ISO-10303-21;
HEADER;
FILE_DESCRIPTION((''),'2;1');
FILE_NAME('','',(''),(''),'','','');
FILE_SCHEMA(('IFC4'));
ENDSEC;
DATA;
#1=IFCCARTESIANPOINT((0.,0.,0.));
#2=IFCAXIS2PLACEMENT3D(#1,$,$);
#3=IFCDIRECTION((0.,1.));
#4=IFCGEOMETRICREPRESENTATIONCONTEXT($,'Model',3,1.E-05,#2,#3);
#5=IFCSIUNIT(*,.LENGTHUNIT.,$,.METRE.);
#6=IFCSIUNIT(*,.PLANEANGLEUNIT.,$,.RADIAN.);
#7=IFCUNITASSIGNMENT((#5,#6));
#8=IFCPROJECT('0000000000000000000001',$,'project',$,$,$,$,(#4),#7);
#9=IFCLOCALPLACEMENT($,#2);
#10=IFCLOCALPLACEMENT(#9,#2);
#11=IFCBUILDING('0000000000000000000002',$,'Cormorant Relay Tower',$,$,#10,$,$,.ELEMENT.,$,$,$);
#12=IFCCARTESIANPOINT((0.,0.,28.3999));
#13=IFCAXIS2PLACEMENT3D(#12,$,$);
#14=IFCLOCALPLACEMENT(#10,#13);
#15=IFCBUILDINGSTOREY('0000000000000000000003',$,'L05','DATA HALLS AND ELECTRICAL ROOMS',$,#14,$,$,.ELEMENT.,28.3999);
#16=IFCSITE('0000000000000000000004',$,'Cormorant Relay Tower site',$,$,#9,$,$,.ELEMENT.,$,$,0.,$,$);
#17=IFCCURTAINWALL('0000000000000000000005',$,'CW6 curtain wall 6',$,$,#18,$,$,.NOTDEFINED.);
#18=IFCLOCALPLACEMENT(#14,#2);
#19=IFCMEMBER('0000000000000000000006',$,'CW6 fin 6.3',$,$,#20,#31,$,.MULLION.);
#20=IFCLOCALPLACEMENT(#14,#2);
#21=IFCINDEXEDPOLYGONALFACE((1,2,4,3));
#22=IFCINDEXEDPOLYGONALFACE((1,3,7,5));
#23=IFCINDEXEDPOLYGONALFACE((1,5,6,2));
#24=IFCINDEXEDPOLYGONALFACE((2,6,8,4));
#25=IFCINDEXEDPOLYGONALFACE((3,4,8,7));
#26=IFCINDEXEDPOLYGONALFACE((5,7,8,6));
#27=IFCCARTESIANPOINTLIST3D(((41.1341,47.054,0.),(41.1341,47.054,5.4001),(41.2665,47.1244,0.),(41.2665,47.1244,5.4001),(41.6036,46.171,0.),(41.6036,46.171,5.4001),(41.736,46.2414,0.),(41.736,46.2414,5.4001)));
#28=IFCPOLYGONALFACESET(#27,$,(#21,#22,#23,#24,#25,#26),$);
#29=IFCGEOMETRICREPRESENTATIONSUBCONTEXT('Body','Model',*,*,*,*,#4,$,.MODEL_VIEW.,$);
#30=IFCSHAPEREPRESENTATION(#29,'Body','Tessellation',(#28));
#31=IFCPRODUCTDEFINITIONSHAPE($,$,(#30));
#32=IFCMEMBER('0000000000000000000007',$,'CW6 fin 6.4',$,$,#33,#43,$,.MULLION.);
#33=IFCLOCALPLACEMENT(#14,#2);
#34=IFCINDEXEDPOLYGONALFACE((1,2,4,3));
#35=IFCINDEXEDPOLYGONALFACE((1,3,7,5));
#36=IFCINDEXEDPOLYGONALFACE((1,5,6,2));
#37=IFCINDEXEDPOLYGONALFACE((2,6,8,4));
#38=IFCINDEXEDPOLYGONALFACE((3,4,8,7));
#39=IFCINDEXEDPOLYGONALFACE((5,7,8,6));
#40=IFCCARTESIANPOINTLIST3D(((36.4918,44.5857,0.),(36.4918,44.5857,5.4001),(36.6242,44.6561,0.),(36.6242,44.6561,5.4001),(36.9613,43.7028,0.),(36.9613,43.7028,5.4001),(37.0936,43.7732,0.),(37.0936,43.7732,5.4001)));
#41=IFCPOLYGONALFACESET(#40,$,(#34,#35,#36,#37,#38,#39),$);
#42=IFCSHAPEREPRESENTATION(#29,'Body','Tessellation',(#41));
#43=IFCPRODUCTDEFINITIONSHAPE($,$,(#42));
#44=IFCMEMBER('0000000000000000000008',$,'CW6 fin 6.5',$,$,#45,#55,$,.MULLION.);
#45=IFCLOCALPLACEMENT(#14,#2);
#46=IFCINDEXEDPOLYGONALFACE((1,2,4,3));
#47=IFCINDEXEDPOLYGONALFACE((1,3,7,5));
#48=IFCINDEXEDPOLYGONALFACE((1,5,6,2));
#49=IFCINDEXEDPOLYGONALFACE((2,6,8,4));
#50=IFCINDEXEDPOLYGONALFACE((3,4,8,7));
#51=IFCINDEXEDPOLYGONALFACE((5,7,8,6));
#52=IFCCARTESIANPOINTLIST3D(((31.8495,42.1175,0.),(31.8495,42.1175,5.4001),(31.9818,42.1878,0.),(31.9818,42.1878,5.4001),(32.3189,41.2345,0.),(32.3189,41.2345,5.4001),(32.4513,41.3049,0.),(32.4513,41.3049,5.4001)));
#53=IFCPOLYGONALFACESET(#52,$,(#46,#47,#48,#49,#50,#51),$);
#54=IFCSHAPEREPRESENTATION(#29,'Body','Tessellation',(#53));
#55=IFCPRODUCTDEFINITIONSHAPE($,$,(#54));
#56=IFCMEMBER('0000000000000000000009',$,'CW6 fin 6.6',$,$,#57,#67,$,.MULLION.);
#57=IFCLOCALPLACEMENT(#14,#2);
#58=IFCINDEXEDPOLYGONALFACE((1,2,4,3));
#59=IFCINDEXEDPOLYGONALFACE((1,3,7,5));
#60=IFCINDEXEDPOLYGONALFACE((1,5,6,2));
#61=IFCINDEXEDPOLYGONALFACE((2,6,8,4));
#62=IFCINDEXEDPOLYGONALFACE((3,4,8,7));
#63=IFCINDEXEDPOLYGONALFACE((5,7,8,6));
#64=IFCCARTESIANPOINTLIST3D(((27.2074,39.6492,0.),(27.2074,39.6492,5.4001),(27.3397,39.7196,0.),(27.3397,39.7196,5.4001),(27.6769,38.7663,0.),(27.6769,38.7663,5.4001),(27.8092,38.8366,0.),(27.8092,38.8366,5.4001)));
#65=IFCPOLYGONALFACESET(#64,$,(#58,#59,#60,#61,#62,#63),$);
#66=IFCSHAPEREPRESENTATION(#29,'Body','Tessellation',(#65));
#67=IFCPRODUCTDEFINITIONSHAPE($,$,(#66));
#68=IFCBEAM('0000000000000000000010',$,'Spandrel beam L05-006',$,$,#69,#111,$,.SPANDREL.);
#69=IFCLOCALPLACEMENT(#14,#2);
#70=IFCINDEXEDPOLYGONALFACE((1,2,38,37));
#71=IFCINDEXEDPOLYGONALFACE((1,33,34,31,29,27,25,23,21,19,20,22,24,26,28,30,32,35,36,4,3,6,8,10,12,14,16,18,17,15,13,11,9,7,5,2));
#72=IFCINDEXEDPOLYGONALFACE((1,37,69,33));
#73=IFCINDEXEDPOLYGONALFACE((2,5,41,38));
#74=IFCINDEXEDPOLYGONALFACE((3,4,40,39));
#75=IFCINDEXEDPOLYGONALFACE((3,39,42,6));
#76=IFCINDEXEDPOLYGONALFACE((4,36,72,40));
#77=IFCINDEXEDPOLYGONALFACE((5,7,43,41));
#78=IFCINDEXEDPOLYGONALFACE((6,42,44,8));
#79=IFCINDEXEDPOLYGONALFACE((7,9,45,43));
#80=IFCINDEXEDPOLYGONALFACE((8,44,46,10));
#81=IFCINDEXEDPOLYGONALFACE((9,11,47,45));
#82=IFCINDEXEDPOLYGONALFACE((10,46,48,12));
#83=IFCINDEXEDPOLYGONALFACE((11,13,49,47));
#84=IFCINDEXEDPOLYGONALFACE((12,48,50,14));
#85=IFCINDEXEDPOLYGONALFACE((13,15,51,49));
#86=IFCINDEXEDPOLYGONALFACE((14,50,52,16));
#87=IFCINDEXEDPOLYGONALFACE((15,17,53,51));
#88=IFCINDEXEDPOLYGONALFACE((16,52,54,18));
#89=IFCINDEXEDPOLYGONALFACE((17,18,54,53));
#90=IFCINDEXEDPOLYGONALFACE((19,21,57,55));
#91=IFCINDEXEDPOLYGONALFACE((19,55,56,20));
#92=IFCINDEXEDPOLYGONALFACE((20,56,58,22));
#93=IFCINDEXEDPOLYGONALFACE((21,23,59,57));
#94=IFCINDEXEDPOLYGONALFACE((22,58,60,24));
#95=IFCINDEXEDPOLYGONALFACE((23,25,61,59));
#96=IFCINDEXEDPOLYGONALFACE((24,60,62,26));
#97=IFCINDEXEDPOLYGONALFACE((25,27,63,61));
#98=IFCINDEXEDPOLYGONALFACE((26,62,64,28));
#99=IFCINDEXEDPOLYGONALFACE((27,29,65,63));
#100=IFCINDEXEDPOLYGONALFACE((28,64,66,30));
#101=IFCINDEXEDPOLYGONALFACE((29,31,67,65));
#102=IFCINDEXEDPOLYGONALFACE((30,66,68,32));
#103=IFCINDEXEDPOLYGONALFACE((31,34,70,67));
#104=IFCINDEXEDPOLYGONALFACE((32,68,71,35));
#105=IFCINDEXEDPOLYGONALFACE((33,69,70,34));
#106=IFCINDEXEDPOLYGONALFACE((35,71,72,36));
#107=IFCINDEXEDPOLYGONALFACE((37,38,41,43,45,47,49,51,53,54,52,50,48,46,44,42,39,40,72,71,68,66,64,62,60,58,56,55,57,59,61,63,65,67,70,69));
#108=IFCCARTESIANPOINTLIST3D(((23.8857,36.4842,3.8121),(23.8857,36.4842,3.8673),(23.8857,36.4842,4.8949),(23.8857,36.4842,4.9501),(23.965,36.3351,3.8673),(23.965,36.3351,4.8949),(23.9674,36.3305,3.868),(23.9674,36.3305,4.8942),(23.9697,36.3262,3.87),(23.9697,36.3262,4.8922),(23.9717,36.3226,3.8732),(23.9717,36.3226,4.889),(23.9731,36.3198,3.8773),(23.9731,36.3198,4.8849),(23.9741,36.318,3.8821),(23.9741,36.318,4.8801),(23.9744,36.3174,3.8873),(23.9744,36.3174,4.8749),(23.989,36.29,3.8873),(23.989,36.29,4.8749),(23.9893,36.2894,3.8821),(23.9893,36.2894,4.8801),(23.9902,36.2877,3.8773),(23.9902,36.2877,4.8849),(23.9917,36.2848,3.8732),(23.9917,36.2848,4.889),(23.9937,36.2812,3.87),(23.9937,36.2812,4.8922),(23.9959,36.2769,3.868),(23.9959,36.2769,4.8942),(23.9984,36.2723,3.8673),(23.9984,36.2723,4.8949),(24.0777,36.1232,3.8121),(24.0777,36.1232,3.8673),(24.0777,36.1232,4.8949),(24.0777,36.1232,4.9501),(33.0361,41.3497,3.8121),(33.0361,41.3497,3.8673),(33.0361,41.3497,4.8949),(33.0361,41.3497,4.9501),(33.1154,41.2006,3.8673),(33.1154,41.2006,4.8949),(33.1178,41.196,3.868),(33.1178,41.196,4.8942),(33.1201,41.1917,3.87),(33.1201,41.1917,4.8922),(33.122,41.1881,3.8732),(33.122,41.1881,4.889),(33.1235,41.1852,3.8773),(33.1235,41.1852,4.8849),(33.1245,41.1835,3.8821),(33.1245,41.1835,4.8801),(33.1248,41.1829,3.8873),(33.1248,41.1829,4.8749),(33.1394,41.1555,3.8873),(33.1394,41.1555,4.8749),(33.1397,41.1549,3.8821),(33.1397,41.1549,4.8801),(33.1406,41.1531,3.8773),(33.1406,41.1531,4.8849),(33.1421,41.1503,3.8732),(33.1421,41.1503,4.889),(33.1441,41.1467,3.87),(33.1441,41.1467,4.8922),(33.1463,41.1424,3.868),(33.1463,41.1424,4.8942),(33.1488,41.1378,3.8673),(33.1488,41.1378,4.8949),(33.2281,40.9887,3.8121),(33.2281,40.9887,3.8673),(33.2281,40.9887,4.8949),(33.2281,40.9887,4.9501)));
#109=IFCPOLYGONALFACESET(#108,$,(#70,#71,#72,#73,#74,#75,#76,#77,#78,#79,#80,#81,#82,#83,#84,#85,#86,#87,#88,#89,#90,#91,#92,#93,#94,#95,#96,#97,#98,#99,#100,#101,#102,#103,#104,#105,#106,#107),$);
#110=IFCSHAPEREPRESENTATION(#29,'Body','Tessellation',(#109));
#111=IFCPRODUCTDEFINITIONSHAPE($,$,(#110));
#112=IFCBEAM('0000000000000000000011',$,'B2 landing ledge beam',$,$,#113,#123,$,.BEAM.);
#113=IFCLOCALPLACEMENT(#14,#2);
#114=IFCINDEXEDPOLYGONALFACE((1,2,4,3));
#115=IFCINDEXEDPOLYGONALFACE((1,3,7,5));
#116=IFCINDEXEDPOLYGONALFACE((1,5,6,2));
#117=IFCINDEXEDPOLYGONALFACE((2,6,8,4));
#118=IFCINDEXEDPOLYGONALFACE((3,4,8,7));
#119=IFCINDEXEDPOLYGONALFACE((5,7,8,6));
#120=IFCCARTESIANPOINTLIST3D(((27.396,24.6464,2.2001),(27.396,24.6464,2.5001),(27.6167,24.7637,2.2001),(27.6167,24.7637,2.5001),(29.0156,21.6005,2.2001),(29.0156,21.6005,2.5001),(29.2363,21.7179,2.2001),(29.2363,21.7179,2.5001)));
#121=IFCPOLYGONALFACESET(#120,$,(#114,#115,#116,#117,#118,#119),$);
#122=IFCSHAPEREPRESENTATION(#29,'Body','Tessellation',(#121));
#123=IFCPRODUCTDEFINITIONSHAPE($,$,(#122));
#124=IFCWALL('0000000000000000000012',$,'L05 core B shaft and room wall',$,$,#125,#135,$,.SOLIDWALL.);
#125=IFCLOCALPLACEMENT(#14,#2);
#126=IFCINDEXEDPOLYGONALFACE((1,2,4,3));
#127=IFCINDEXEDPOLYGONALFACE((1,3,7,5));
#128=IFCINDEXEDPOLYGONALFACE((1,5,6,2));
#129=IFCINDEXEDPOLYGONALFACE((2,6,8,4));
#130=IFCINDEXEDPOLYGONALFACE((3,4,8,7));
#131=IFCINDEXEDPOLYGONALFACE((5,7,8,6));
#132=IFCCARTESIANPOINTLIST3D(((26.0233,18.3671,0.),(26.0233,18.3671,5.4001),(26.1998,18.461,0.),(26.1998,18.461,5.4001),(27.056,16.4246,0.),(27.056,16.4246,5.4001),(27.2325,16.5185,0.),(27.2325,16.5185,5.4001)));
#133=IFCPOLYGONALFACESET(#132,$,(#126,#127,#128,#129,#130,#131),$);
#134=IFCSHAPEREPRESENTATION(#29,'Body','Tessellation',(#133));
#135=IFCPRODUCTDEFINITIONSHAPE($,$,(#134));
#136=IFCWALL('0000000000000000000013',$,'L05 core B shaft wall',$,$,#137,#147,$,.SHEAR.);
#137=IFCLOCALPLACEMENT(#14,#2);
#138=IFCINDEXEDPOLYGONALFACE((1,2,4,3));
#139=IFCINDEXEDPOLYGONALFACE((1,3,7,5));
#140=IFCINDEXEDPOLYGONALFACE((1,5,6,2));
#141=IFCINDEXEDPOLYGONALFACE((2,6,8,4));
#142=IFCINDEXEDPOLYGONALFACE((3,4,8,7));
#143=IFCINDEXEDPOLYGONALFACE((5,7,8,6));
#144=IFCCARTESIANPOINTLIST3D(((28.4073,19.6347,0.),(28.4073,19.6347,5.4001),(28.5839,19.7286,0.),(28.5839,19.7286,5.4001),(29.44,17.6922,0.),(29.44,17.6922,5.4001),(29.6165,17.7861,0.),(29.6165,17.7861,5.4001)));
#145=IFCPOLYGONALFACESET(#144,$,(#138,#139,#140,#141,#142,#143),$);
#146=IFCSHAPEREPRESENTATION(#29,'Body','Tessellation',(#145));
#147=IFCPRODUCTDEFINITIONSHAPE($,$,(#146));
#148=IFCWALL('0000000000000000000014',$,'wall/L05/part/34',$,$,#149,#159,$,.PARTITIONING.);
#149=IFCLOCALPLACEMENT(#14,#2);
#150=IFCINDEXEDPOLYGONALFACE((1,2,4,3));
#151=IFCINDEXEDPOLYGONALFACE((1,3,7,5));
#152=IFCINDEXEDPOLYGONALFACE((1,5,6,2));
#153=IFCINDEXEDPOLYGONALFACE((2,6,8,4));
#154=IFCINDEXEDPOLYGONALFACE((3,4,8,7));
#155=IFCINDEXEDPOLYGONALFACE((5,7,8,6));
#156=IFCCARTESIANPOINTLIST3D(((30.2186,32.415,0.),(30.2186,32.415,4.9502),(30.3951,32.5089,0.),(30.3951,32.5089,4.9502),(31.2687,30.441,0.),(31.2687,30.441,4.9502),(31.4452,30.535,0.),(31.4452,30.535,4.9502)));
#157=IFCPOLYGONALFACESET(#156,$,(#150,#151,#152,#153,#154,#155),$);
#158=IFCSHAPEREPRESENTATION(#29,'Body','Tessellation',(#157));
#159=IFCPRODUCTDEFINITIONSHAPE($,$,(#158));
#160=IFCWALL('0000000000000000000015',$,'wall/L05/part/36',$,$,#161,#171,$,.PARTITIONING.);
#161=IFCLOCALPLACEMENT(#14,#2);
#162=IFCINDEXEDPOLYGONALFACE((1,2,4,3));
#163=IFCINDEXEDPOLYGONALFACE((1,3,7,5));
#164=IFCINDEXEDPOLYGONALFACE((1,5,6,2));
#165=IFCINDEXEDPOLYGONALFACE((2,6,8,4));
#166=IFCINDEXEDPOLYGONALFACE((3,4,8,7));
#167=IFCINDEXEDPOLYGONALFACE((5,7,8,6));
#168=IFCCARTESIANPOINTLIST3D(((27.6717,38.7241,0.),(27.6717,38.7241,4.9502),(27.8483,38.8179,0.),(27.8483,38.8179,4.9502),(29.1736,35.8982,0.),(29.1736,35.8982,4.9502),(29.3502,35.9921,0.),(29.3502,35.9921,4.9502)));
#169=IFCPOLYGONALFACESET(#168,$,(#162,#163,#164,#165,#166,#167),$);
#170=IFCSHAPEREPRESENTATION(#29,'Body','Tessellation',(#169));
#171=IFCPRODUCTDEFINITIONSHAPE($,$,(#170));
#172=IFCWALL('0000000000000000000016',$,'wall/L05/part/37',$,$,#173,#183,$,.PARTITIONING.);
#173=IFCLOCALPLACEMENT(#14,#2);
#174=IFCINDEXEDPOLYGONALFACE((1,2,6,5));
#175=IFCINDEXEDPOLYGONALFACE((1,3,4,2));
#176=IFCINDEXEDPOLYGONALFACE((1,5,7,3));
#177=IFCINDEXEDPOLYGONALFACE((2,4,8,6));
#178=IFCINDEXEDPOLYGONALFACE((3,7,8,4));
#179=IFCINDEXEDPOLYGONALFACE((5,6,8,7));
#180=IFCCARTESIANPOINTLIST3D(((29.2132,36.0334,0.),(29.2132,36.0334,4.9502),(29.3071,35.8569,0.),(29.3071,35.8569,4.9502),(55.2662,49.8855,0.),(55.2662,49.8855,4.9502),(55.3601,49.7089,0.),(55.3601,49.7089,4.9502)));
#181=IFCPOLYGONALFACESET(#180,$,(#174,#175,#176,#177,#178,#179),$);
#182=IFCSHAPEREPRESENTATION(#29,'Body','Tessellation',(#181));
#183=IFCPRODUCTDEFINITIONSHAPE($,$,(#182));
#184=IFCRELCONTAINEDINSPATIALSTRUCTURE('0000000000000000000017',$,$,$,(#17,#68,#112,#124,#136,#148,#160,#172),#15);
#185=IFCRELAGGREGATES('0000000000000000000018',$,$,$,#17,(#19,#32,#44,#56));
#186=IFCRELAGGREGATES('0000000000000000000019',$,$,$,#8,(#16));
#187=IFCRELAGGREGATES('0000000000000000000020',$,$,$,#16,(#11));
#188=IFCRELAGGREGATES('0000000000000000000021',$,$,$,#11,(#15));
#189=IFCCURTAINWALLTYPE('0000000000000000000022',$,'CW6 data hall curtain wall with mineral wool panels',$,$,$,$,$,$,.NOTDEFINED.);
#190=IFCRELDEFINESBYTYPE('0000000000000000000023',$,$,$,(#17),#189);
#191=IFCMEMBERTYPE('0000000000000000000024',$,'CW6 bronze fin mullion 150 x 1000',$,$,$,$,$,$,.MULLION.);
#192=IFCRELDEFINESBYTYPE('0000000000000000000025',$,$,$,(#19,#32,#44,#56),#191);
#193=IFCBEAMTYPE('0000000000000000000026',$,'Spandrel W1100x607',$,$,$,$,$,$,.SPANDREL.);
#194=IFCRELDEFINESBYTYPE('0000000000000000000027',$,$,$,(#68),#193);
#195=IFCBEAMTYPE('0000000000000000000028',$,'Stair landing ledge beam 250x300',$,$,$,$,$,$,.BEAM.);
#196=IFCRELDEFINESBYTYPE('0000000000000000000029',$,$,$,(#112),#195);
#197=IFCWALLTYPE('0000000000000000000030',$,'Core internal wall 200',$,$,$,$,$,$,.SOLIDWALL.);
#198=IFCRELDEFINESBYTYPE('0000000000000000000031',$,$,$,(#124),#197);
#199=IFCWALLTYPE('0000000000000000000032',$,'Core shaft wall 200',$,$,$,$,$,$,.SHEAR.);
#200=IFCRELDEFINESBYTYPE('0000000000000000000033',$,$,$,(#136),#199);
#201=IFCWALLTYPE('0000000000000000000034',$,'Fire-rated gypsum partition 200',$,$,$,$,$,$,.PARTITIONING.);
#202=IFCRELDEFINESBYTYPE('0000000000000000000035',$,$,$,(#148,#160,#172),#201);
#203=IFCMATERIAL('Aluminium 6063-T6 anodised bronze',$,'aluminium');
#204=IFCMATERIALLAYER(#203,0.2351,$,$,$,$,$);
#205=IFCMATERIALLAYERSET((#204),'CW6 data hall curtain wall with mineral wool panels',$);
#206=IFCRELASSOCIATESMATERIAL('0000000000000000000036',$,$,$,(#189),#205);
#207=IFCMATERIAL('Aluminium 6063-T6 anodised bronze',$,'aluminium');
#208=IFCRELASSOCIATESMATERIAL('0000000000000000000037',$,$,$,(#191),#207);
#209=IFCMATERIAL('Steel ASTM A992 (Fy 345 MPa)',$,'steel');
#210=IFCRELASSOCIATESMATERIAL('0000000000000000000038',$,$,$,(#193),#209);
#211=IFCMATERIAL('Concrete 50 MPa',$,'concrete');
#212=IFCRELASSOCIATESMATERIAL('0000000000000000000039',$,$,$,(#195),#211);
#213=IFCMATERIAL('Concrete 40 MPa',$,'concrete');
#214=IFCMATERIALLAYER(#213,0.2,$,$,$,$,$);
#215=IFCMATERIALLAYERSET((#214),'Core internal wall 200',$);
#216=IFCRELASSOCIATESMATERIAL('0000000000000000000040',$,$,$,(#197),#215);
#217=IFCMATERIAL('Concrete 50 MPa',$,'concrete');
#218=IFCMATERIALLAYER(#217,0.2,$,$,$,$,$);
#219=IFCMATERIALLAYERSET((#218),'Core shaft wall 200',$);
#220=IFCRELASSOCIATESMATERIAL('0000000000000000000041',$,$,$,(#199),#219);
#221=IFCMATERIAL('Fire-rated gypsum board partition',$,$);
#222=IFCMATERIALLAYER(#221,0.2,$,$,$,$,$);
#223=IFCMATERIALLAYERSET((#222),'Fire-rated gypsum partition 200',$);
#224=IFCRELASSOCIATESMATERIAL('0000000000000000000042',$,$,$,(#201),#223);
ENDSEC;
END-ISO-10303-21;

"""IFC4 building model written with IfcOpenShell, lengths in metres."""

from ifc_helpers import new_model, si_unit, direction, frame, frame_2d, origin, origin_2d, place, context, subcontext, project, spatial, rectangle, i_section, extrude, material, layer, layer_set, material_profile, profile_set, type_object, element, aggregate, save


model = new_model("IFC4")

# Units and contexts
model_context = context("Model", 3, precision=1e-05, world=origin(), true_north=direction((0.0, 1.0)))
body_context = subcontext(model_context, "Body", "Model", "MODEL_VIEW")
ifc_project = project(units=[si_unit("LENGTHUNIT", "METRE"), si_unit("PLANEANGLEUNIT", "RADIAN")], contexts=[model_context])

# Site, building, storey
site_placement = place(None, origin())
site = spatial("IfcSite", under=ifc_project, at=site_placement, Name="Cormorant Relay Tower site", CompositionType="ELEMENT", RefElevation=0.0)
building_placement = place(site_placement, origin())
building = spatial("IfcBuilding", under=site, at=building_placement, Name="Cormorant Relay Tower", CompositionType="ELEMENT")
storey_placement = place(building_placement, frame((0.0, 0.0, 28.3999)))
storey = spatial("IfcBuildingStorey", under=building, at=storey_placement, Name="L05", Description="DATA HALLS AND ELECTRICAL ROOMS", CompositionType="ELEMENT", Elevation=28.3999)

# Curtain wall, members
ifc_material_1 = material(Name="Aluminium 6063-T6 anodised bronze", Category="aluminium")
ifc_layer_1 = layer(ifc_material_1, 0.2351)
ifc_layer_set_1 = layer_set([ifc_layer_1], Name="CW6 data hall curtain wall with mineral wool panels")
curtain_wall_type = type_object("IfcCurtainWallType", Name="CW6 data hall curtain wall with mineral wool panels", PredefinedType="NOTDEFINED", material=ifc_layer_set_1)
curtain_wall_placement = place(storey_placement, origin())
curtain_wall = element("IfcCurtainWall", 1, at=curtain_wall_placement, inside=storey, type_object=curtain_wall_type, Name="CW6 curtain wall 6", PredefinedType="NOTDEFINED")
ifc_material_2 = material(Name="Aluminium 6063-T6 anodised bronze", Category="aluminium")
ifc_material_profile_1 = material_profile(ifc_material_2, rectangle(XDim=0.1499, YDim=1.0, at=origin_2d()), Name="AL 150x1000")
ifc_profile_set_1 = profile_set([ifc_material_profile_1], Name="Aluminium 6063-T6 anodised bronze")
member_type = type_object("IfcMemberType", Name="CW6 bronze fin mullion 150 x 1000", PredefinedType="MULLION", material=ifc_profile_set_1)
member_1_placement = place(storey_placement, frame((41.4351, 46.6477, 0.0), z_axis=(0.0, 0.0, 1.0), x_axis=(-0.882948, -0.469472, 0.0)))
member_1 = element("IfcMember", 2, at=member_1_placement, type_object=member_type, Name="CW6 fin 6.3", PredefinedType="MULLION", context=body_context, shape_type="SweptSolid", body=[
    extrude(rectangle(XDim=0.1499, YDim=1.0, at=origin_2d()), origin(), (0.0, 0.0, 1.0), 5.4001),
])
member_2_placement = place(storey_placement, frame((36.7927, 44.1794, 0.0), z_axis=(0.0, 0.0, 1.0), x_axis=(-0.882948, -0.469472, 0.0)))
member_2 = element("IfcMember", 3, at=member_2_placement, type_object=member_type, Name="CW6 fin 6.4", PredefinedType="MULLION", context=body_context, shape_type="SweptSolid", body=[
    extrude(rectangle(XDim=0.1499, YDim=1.0, at=origin_2d()), origin(), (0.0, 0.0, 1.0), 5.4001),
])
member_3_placement = place(storey_placement, frame((32.1504, 41.7112, 0.0), z_axis=(0.0, 0.0, 1.0), x_axis=(-0.882948, -0.469472, 0.0)))
member_3 = element("IfcMember", 4, at=member_3_placement, type_object=member_type, Name="CW6 fin 6.5", PredefinedType="MULLION", context=body_context, shape_type="SweptSolid", body=[
    extrude(rectangle(XDim=0.1499, YDim=1.0, at=origin_2d()), origin(), (0.0, 0.0, 1.0), 5.4001),
])
member_4_placement = place(storey_placement, frame((27.5083, 39.2429, 0.0), z_axis=(0.0, 0.0, 1.0), x_axis=(-0.882948, -0.469472, 0.0)))
member_4 = element("IfcMember", 5, at=member_4_placement, type_object=member_type, Name="CW6 fin 6.6", PredefinedType="MULLION", context=body_context, shape_type="SweptSolid", body=[
    extrude(rectangle(XDim=0.1499, YDim=1.0, at=origin_2d()), origin(), (0.0, 0.0, 1.0), 5.4001),
])

# Beams
ifc_material_3 = material(Name="Steel ASTM A992 (Fy 345 MPa)", Category="steel")
ifc_material_profile_2 = material_profile(ifc_material_3, i_section(OverallWidth=0.4089, OverallDepth=1.1379, WebThickness=0.031, FlangeThickness=0.0552, FilletRadius=0.02, at=origin_2d()), Name="W1100x607")
ifc_profile_set_2 = profile_set([ifc_material_profile_2], Name="Steel ASTM A992 (Fy 345 MPa)")
beam_type_1 = type_object("IfcBeamType", Name="Spandrel W1100x607", PredefinedType="SPANDREL", material=ifc_profile_set_2)
beam_1_placement = place(storey_placement, frame((33.1321, 41.1692, 4.3811), z_axis=(-0.882942, -0.469481, 0.0), x_axis=(0.469481, -0.882942, 0.0)))
element("IfcBeam", 6, at=beam_1_placement, inside=storey, type_object=beam_type_1, Name="Spandrel beam L05-006", PredefinedType="SPANDREL", context=body_context, shape_type="SweptSolid", body=[
    extrude(i_section(OverallWidth=0.4089, OverallDepth=1.1379, WebThickness=0.031, FlangeThickness=0.0552, FilletRadius=0.02, at=origin_2d()), origin(), (0.0, 0.0, 1.0), 10.3635),
])
ifc_material_4 = material(Name="Concrete 50 MPa", Category="concrete")
ifc_material_profile_3 = material_profile(ifc_material_4, rectangle(XDim=0.25, YDim=0.3, at=origin_2d()), Name="RC 250x300")
ifc_profile_set_3 = profile_set([ifc_material_profile_3], Name="Concrete 50 MPa")
beam_type_2 = type_object("IfcBeamType", Name="Stair landing ledge beam 250x300", PredefinedType="BEAM", material=ifc_profile_set_3)
beam_2_placement = place(storey_placement, frame((29.126, 21.6592, 2.3501), z_axis=(-0.469493, 0.882936, 0.0), x_axis=(-0.882936, -0.469493, 0.0)))
element("IfcBeam", 7, at=beam_2_placement, inside=storey, type_object=beam_type_2, Name="B2 landing ledge beam", PredefinedType="BEAM", context=body_context, shape_type="SweptSolid", body=[
    extrude(rectangle(XDim=0.25, YDim=0.3, at=origin_2d()), origin(), (0.0, 0.0, 1.0), 3.4497),
])

# Walls
ifc_material_5 = material(Name="Concrete 40 MPa", Category="concrete")
ifc_layer_2 = layer(ifc_material_5, 0.2)
ifc_layer_set_2 = layer_set([ifc_layer_2], Name="Core internal wall 200")
wall_type_1 = type_object("IfcWallType", Name="Core internal wall 200", PredefinedType="SOLIDWALL", material=ifc_layer_set_2)
wall_1_placement = place(storey_placement, frame((27.1443, 16.4714, 0.0), z_axis=(0.0, 0.0, 1.0), x_axis=(-0.469401, 0.882985, 0.0)))
element("IfcWall", 8, at=wall_1_placement, inside=storey, type_object=wall_type_1, Name="L05 core B shaft and room wall", PredefinedType="SOLIDWALL", context=body_context, shape_type="SweptSolid", body=[
    extrude(rectangle(XDim=2.2, YDim=0.2, at=frame_2d((1.1001, 0.0))), origin(), (0.0, 0.0, 1.0), 5.4001),
])
ifc_material_6 = material(Name="Concrete 50 MPa", Category="concrete")
ifc_layer_3 = layer(ifc_material_6, 0.2)
ifc_layer_set_3 = layer_set([ifc_layer_3], Name="Core shaft wall 200")
wall_type_2 = type_object("IfcWallType", Name="Core shaft wall 200", PredefinedType="SHEAR", material=ifc_layer_set_3)
wall_2_placement = place(storey_placement, frame((29.5283, 17.739, 0.0), z_axis=(0.0, 0.0, 1.0), x_axis=(-0.469401, 0.882985, 0.0)))
element("IfcWall", 9, at=wall_2_placement, inside=storey, type_object=wall_type_2, Name="L05 core B shaft wall", PredefinedType="SHEAR", context=body_context, shape_type="SweptSolid", body=[
    extrude(rectangle(XDim=2.2, YDim=0.2, at=frame_2d((1.1001, 0.0))), origin(), (0.0, 0.0, 1.0), 5.4001),
])
ifc_material_7 = material(Name="Fire-rated gypsum board partition")
ifc_layer_4 = layer(ifc_material_7, 0.2)
ifc_layer_set_4 = layer_set([ifc_layer_4], Name="Fire-rated gypsum partition 200")
wall_type_3 = type_object("IfcWallType", Name="Fire-rated gypsum partition 200", PredefinedType="PARTITIONING", material=ifc_layer_set_4)
wall_3_placement = place(storey_placement, frame((30.3069, 32.4619, 0.0), z_axis=(0.0, 0.0, 1.0), x_axis=(0.469653, -0.882851, 0.0)))
element("IfcWall", 10, at=wall_3_placement, inside=storey, type_object=wall_type_3, Name="wall/L05/part/34", PredefinedType="PARTITIONING", context=body_context, shape_type="SweptSolid", body=[
    extrude(rectangle(XDim=2.2358, YDim=0.2, at=frame_2d((1.1179, 0.0))), origin(), (0.0, 0.0, 1.0), 4.9502),
])
wall_4_placement = place(storey_placement, frame((27.76, 38.771, 0.0), z_axis=(0.0, 0.0, 1.0), x_axis=(0.469321, -0.883028, 0.0)))
element("IfcWall", 11, at=wall_4_placement, inside=storey, type_object=wall_type_3, Name="wall/L05/part/36", PredefinedType="PARTITIONING", context=body_context, shape_type="SweptSolid", body=[
    extrude(rectangle(XDim=3.2002, YDim=0.2, at=frame_2d((1.6001, 0.0))), origin(), (0.0, 0.0, 1.0), 4.9502),
])
wall_5_placement = place(storey_placement, frame((29.26, 35.9451, 0.0), z_axis=(0.0, 0.0, 1.0), x_axis=(0.882956, 0.469457, 0.0)))
element("IfcWall", 12, at=wall_5_placement, inside=storey, type_object=wall_type_3, Name="wall/L05/part/37", PredefinedType="PARTITIONING", context=body_context, shape_type="SweptSolid", body=[
    extrude(rectangle(XDim=29.5066, YDim=0.2, at=frame_2d((14.7534, 0.0))), origin(), (0.0, 0.0, 1.0), 4.9502),
])

aggregate(curtain_wall, [member_1, member_2, member_3, member_4])

save(model, "model.ifc")
